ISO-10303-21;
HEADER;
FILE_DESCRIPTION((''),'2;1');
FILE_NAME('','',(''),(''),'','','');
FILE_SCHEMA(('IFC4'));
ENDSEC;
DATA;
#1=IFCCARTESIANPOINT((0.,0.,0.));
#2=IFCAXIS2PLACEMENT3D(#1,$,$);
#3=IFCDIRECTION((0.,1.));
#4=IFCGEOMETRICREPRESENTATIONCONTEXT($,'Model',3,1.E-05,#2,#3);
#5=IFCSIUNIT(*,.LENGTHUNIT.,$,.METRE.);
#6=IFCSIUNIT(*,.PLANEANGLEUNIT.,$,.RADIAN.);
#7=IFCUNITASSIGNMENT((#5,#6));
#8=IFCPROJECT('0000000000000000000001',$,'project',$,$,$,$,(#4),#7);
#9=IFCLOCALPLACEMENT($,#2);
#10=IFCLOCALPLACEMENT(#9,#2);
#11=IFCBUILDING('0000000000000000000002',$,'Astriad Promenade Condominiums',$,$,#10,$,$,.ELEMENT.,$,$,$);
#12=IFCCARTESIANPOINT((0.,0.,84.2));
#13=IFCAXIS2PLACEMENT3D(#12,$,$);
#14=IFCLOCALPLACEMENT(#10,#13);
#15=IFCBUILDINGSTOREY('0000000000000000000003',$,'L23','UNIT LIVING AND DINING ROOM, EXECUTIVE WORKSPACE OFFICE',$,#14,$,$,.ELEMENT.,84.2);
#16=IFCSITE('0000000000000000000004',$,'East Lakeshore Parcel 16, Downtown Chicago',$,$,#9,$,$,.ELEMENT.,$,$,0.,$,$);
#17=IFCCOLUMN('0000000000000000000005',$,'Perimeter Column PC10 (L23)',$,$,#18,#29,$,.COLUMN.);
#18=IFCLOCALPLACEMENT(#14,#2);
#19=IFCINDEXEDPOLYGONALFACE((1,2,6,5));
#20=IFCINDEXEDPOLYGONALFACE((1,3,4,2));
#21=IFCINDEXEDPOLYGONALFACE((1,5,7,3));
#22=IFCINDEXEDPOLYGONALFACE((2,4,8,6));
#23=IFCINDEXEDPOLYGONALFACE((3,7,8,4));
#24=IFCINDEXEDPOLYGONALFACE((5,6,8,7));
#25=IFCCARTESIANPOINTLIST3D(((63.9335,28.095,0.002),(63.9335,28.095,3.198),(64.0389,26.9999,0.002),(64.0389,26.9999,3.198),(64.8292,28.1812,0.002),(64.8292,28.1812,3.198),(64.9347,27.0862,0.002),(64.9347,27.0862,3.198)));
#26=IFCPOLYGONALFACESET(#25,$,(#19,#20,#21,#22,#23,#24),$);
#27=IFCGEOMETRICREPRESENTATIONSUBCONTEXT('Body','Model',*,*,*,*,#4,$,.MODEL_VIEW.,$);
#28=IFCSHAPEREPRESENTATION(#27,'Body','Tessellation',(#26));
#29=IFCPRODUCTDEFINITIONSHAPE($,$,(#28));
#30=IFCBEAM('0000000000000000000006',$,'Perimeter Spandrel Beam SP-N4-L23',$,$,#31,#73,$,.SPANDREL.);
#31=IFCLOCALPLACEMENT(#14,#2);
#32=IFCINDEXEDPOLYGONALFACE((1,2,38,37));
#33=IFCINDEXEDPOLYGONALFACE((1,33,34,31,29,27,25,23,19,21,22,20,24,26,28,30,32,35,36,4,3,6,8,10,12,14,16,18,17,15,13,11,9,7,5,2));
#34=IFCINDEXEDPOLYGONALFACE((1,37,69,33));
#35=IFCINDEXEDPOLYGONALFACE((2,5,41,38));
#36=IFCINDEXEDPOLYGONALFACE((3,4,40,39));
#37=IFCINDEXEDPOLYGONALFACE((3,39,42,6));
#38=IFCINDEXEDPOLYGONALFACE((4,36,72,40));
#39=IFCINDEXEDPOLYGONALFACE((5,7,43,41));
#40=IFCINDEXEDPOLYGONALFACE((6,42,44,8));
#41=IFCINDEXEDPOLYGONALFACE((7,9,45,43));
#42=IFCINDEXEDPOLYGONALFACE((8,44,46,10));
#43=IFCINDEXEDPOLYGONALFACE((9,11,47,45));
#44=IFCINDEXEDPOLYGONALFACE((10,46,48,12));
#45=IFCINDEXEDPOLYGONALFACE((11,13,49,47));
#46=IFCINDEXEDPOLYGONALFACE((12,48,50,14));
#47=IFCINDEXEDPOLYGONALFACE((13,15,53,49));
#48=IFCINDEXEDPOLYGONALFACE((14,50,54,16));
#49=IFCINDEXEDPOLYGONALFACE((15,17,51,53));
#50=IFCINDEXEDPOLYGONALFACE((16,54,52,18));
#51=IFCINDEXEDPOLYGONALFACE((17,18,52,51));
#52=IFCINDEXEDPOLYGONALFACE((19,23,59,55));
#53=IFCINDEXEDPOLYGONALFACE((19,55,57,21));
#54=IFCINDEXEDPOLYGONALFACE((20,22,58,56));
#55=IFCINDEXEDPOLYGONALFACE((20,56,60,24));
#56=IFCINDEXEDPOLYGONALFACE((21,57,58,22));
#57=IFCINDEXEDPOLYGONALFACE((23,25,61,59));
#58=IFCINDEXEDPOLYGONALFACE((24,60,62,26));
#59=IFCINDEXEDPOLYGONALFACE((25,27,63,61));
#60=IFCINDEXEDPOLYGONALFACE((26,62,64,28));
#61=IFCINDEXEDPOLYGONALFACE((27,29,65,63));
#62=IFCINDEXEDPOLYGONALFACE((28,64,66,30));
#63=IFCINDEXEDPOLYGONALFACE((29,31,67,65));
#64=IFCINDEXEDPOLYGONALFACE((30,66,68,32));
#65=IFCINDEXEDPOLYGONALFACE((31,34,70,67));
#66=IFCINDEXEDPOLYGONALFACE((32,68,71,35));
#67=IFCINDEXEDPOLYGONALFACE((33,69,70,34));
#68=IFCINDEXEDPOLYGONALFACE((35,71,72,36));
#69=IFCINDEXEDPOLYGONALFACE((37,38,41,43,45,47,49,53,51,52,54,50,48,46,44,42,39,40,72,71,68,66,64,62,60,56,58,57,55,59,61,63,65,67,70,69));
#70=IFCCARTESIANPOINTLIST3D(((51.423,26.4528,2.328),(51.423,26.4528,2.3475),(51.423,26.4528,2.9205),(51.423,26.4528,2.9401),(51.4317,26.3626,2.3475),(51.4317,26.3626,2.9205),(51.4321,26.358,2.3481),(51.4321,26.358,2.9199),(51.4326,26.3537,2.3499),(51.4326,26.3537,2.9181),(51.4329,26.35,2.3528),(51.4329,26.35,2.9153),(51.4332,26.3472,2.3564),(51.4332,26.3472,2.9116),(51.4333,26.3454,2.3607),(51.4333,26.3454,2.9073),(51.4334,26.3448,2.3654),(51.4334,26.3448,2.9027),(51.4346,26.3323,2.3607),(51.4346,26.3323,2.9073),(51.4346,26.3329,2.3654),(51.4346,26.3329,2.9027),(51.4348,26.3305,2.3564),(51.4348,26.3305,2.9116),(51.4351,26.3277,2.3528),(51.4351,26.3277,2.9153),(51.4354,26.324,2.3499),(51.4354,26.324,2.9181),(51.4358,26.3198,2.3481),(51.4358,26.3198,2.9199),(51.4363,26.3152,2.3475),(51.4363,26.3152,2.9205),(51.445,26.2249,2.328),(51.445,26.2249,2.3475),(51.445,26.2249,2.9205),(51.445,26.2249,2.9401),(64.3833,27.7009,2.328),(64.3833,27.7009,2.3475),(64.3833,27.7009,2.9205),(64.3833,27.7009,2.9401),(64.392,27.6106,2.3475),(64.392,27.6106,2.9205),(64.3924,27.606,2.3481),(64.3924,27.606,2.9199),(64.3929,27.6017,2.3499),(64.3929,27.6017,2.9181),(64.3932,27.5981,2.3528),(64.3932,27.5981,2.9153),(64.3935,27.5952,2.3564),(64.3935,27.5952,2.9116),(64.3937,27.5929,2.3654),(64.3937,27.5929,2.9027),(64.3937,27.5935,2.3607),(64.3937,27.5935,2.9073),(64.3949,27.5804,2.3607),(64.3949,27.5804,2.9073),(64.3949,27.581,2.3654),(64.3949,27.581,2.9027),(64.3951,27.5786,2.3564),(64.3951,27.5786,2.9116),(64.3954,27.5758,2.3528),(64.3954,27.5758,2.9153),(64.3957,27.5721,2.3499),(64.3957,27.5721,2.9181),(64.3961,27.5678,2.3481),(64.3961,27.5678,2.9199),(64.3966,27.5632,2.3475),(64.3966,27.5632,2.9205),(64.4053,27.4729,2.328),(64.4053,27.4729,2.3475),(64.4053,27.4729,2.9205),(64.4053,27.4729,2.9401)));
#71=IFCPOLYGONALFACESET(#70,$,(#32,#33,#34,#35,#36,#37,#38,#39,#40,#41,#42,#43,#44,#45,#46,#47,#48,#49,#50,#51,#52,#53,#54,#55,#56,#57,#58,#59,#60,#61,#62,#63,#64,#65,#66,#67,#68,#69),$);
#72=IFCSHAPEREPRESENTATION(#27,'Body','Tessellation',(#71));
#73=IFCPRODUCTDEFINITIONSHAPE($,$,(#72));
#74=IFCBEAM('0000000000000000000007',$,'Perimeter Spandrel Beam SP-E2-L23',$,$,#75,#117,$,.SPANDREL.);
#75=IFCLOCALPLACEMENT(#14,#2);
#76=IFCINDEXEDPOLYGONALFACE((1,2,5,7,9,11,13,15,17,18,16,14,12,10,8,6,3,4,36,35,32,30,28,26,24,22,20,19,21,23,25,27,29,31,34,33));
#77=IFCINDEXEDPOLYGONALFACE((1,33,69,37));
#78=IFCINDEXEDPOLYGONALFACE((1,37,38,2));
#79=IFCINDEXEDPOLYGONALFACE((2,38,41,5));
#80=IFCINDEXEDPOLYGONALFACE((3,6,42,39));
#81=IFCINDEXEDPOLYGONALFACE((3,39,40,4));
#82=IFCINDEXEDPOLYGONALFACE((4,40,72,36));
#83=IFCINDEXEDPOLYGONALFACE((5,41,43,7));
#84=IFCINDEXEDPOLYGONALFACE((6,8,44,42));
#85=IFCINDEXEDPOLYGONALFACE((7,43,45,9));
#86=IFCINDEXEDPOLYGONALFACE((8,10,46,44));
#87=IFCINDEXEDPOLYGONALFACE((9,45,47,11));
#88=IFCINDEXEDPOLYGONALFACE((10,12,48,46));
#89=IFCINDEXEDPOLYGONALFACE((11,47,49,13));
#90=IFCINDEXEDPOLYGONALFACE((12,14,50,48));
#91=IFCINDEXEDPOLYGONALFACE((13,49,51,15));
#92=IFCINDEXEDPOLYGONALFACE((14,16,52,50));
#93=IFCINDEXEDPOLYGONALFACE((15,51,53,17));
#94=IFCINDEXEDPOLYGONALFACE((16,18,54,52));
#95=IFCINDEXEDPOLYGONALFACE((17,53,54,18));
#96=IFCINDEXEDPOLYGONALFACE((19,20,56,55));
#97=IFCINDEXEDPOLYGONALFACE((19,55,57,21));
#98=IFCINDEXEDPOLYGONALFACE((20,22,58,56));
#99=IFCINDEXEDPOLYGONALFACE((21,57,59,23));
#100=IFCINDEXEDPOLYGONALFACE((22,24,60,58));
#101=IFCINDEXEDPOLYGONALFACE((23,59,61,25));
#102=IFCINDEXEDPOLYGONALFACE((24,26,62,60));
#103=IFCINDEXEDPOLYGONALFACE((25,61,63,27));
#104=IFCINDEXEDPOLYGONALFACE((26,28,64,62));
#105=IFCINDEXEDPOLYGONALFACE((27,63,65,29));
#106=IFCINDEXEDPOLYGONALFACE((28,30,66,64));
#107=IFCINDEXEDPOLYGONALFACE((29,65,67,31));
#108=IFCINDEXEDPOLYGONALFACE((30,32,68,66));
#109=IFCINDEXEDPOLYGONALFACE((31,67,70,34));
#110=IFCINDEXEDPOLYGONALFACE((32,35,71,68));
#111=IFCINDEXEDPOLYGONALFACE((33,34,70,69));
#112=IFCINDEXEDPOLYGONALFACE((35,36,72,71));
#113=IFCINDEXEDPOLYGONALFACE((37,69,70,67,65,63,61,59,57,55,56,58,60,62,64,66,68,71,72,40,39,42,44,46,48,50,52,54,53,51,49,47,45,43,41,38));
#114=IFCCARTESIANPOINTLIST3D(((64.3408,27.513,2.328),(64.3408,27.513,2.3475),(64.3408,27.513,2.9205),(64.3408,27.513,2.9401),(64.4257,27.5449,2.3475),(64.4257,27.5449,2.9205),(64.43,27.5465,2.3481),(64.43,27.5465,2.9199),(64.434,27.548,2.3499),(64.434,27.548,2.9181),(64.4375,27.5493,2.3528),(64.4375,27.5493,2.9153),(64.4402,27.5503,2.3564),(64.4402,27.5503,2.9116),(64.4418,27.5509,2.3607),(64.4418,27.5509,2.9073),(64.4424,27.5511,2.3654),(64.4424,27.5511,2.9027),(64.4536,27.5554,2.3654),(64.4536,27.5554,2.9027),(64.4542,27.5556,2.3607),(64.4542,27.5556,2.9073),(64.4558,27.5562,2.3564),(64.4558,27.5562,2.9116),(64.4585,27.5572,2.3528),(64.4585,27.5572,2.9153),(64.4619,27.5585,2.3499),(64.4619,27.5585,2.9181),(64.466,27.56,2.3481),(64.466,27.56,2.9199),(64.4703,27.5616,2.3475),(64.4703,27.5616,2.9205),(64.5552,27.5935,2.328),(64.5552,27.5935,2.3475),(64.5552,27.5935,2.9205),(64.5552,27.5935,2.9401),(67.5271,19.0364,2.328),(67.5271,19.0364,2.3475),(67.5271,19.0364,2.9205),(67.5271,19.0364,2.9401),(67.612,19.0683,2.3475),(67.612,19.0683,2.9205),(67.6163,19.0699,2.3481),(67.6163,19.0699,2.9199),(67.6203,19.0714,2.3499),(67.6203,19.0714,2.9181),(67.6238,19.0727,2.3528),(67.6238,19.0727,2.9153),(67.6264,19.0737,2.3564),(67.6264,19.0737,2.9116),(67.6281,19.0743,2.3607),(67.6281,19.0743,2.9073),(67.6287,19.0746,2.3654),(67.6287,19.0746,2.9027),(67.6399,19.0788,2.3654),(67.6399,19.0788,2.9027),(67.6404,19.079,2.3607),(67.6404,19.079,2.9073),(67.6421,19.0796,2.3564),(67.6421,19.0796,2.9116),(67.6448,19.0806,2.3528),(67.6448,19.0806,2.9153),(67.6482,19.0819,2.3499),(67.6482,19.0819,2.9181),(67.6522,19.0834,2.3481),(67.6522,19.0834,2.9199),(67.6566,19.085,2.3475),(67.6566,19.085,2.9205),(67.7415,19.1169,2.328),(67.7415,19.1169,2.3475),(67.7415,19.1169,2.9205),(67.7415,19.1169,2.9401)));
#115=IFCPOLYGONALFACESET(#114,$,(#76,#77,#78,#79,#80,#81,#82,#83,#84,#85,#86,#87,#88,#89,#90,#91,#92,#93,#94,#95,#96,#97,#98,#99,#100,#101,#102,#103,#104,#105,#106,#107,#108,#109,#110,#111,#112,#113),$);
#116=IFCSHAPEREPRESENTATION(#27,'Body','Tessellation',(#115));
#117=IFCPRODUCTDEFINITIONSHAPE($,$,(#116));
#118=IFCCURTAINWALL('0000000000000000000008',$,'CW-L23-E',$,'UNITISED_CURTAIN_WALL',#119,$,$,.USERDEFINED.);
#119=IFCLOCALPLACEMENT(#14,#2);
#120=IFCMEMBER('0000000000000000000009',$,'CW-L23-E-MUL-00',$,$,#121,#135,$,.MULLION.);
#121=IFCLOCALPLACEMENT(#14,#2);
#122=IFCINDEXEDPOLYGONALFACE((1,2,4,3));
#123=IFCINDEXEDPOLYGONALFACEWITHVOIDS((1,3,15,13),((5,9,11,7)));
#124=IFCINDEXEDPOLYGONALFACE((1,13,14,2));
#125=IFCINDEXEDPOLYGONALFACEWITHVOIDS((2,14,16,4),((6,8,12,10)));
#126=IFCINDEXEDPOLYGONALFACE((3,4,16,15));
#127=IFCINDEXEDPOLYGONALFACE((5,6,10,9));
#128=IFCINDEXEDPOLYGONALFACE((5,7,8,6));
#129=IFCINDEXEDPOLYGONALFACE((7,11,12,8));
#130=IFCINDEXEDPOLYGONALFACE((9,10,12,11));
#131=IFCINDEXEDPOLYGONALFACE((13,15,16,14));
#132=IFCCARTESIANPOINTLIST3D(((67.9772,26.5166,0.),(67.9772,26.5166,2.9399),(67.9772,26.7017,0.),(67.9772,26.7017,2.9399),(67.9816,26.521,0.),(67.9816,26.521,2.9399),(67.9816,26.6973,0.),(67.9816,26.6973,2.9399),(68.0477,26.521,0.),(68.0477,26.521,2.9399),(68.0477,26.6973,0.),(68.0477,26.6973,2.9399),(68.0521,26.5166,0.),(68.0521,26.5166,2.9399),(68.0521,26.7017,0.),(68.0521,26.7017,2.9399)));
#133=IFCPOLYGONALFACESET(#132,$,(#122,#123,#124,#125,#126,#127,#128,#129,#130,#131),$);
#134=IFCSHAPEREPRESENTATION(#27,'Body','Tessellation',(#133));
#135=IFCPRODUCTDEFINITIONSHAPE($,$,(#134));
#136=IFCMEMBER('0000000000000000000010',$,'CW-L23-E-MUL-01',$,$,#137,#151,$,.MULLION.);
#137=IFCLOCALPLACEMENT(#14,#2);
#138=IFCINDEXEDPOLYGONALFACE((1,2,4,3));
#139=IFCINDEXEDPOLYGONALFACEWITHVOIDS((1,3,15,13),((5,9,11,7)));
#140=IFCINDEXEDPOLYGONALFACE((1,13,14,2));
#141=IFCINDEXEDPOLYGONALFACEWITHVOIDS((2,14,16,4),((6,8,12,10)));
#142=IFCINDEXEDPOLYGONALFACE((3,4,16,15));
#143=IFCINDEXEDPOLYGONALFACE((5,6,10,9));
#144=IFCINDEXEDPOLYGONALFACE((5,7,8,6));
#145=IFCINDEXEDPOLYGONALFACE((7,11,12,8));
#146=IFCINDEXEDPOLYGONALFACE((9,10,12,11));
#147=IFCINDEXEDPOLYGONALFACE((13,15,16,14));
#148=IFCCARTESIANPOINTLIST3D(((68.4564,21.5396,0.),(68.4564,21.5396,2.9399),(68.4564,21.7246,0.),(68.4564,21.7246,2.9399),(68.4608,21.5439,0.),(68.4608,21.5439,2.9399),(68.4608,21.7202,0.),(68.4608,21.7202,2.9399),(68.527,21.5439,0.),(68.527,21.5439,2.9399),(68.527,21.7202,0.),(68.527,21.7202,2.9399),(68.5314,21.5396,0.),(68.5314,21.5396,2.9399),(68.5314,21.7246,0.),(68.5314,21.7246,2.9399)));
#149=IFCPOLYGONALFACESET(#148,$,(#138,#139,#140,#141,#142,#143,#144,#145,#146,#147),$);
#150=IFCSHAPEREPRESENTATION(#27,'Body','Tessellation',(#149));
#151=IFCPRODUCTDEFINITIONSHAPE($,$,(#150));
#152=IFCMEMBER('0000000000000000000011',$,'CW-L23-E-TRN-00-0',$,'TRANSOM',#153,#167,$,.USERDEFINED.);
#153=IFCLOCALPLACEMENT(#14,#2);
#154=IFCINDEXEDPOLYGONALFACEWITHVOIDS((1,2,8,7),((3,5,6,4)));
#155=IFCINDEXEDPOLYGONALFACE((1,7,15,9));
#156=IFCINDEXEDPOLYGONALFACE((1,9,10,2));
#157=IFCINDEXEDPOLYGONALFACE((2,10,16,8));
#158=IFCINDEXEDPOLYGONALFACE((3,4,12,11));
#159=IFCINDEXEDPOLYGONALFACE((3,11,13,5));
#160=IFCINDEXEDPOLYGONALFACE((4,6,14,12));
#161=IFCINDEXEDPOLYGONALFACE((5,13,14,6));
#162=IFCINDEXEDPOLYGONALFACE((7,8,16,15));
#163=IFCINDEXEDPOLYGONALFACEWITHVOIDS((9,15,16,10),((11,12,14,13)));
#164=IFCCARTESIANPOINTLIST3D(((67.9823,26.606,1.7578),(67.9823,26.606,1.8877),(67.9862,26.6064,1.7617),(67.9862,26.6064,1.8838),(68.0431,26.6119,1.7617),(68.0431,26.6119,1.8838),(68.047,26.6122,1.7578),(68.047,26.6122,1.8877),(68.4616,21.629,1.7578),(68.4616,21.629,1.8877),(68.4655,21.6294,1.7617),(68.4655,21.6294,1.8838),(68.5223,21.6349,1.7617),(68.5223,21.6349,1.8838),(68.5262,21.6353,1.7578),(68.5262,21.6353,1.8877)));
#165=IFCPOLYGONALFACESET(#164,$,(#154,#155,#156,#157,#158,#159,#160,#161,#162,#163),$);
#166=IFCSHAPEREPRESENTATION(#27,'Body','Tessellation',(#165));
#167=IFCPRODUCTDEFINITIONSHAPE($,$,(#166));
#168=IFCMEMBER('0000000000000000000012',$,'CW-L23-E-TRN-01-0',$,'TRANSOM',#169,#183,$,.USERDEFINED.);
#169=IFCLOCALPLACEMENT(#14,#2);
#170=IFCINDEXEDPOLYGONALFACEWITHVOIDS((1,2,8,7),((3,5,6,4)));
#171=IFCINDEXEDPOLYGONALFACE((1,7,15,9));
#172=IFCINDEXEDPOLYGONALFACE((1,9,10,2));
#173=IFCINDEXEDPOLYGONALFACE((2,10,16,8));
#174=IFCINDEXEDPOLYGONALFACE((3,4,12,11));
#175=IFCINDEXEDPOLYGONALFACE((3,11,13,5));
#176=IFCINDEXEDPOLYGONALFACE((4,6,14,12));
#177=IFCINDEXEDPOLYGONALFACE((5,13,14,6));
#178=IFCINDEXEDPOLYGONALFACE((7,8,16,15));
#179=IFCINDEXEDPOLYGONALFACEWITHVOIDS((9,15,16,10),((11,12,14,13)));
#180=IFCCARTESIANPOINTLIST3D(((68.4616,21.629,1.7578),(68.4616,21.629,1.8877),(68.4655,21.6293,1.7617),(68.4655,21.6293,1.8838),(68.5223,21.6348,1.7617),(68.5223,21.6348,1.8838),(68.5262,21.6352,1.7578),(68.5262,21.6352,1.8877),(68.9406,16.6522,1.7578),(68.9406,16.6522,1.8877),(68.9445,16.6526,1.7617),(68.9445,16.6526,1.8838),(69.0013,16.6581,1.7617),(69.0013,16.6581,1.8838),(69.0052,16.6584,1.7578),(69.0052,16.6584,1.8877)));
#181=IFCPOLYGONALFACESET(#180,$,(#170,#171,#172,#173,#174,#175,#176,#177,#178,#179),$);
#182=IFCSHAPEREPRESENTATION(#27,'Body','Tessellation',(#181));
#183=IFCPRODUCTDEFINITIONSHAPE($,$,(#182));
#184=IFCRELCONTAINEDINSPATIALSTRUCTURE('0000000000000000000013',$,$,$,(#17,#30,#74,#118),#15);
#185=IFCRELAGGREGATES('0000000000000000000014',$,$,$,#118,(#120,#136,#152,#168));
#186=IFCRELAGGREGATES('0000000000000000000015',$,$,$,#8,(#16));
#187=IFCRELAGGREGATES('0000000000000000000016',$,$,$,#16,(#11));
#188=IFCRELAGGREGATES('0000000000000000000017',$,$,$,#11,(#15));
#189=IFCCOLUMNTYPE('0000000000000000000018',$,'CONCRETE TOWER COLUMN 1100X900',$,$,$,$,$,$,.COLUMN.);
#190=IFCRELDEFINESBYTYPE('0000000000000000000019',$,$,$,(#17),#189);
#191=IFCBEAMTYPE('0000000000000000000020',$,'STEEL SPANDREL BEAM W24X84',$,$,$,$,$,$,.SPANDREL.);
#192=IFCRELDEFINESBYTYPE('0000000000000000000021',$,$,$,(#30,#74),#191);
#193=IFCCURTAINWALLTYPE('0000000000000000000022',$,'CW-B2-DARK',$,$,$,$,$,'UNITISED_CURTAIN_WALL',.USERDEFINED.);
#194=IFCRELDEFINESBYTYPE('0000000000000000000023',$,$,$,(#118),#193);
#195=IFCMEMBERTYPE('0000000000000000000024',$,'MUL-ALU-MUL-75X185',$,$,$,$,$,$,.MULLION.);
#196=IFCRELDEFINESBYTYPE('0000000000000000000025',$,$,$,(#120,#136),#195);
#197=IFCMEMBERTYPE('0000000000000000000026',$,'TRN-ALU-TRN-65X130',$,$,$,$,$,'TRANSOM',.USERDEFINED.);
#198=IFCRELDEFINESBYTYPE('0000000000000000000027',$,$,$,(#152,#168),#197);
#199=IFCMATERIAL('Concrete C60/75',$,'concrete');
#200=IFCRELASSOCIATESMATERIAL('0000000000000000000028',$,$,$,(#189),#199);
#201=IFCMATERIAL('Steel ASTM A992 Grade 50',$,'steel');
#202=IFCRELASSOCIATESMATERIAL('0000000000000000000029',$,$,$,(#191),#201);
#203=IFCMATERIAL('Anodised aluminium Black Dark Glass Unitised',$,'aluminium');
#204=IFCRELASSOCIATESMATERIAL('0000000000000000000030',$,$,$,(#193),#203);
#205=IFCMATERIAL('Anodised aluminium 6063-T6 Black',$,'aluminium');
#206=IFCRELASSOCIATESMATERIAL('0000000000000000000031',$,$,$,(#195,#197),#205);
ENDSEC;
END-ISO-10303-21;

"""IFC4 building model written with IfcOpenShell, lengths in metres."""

from ifc_helpers import new_model, si_unit, direction, frame, origin, origin_2d, place, context, subcontext, project, spatial, rectangle, hollow_rectangle, i_section, extrude, source, transform, mapped, material, material_profile, profile_set, type_object, type_shapes, element, aggregate, save


model = new_model("IFC4")

# Units and contexts
model_context = context("Model", 3, precision=1e-05, world=origin(), true_north=direction((0.0, 1.0)))
body_context = subcontext(model_context, "Body", "Model", "MODEL_VIEW")
ifc_project = project(units=[si_unit("LENGTHUNIT", "METRE"), si_unit("PLANEANGLEUNIT", "RADIAN")], contexts=[model_context])

# Site, building, storey
site_placement = place(None, origin())
site = spatial("IfcSite", under=ifc_project, at=site_placement, Name="East Lakeshore Parcel 16, Downtown Chicago", CompositionType="ELEMENT", RefElevation=0.0)
building_placement = place(site_placement, origin())
building = spatial("IfcBuilding", under=site, at=building_placement, Name="Astriad Promenade Condominiums", CompositionType="ELEMENT")
storey_placement = place(building_placement, frame((0.0, 0.0, 84.2)))
storey = spatial("IfcBuildingStorey", under=building, at=storey_placement, Name="L23", Description="UNIT LIVING AND DINING ROOM, EXECUTIVE WORKSPACE OFFICE", CompositionType="ELEMENT", Elevation=84.2)

# Column
ifc_material_1 = material(Name="Concrete C60/75", Category="concrete")
ifc_material_profile_1 = material_profile(ifc_material_1, rectangle(XDim=0.8999, YDim=1.1001, at=origin_2d()), Name="RC-COL-1100X900")
ifc_profile_set_1 = profile_set([ifc_material_profile_1], Name="Concrete C60/75")
column_type = type_object("IfcColumnType", Name="CONCRETE TOWER COLUMN 1100X900", PredefinedType="COLUMN", material=ifc_profile_set_1)
shared_shape_1 = source(origin(), body_context, "Body", "SweptSolid", [
    extrude(rectangle(XDim=0.8999, YDim=1.1001, at=origin_2d()), origin(), (0.0, 0.0, 1.0), 3.196),
])
type_shapes(column_type, [shared_shape_1])
column_placement = place(storey_placement, frame((64.4341, 27.5906, 0.002), z_axis=(0.0, 0.0, 1.0), x_axis=(0.995396, 0.095846, 0.0)))
element("IfcColumn", 1, at=column_placement, inside=storey, type_object=column_type, Name="Perimeter Column PC10 (L23)", PredefinedType="COLUMN", context=body_context, shape_type="MappedRepresentation", body=[
    mapped(shared_shape_1, transform((0.0, 0.0, 0.0), scale=1.0)),
])

# Beams
ifc_material_2 = material(Name="Steel ASTM A992 Grade 50", Category="steel")
ifc_material_profile_2 = material_profile(ifc_material_2, i_section(OverallWidth=0.229, OverallDepth=0.6121, WebThickness=0.012, FlangeThickness=0.0195, FilletRadius=0.0178, at=origin_2d()), Name="W24X84")
ifc_profile_set_2 = profile_set([ifc_material_profile_2], Name="Steel ASTM A992 Grade 50")
beam_type = type_object("IfcBeamType", Name="STEEL SPANDREL BEAM W24X84", PredefinedType="SPANDREL", material=ifc_profile_set_2)
shared_shape_2 = source(origin(), body_context, "Body", "SweptSolid", [
    extrude(i_section(OverallWidth=0.229, OverallDepth=0.6121, WebThickness=0.012, FlangeThickness=0.0195, FilletRadius=0.0178, at=origin_2d()), origin(), (0.0, 0.0, 1.0), 13.0203),
])
beam_1_placement = place(storey_placement, frame((64.3943, 27.5869, 2.634), z_axis=(-0.995395, -0.095855, 0.0), x_axis=(0.095855, -0.995395, 0.0)))
element("IfcBeam", 2, at=beam_1_placement, inside=storey, type_object=beam_type, Name="Perimeter Spandrel Beam SP-N4-L23", PredefinedType="SPANDREL", context=body_context, shape_type="MappedRepresentation", body=[
    mapped(shared_shape_2, transform((0.0, 0.0, 0.0), scale=1.0)),
])
shared_shape_3 = source(origin(), body_context, "Body", "SweptSolid", [
    extrude(i_section(OverallWidth=0.229, OverallDepth=0.6121, WebThickness=0.012, FlangeThickness=0.0195, FilletRadius=0.0178, at=origin_2d()), origin(), (0.0, 0.0, 1.0), 9.0557),
])
type_shapes(beam_type, [shared_shape_2, shared_shape_3])
beam_2_placement = place(storey_placement, frame((67.6343, 19.0767, 2.634), z_axis=(-0.351856, 0.936054, 0.0), x_axis=(-0.936054, -0.351856, 0.0)))
element("IfcBeam", 3, at=beam_2_placement, inside=storey, type_object=beam_type, Name="Perimeter Spandrel Beam SP-E2-L23", PredefinedType="SPANDREL", context=body_context, shape_type="MappedRepresentation", body=[
    mapped(shared_shape_3, transform((0.0, 0.0, 0.0), scale=1.0)),
])

# Curtain wall, members
ifc_material_3 = material(Name="Anodised aluminium Black Dark Glass Unitised", Category="aluminium")
curtain_wall_type = type_object("IfcCurtainWallType", Name="CW-B2-DARK", ElementType="UNITISED_CURTAIN_WALL", PredefinedType="USERDEFINED", material=ifc_material_3)
curtain_wall_placement = place(storey_placement, origin())
curtain_wall = element("IfcCurtainWall", 4, at=curtain_wall_placement, inside=storey, type_object=curtain_wall_type, Name="CW-L23-E", ObjectType="UNITISED_CURTAIN_WALL", PredefinedType="USERDEFINED")
ifc_material_4 = material(Name="Anodised aluminium 6063-T6 Black", Category="aluminium")
ifc_material_profile_3 = material_profile(ifc_material_4, hollow_rectangle(XDim=0.075, YDim=0.1851, WallThickness=0.0044, at=origin_2d()), Name="ALU-MUL-75X185")
ifc_profile_set_3 = profile_set([ifc_material_profile_3], Name="Anodised aluminium 6063-T6 Black")
member_type_1 = type_object("IfcMemberType", Name="MUL-ALU-MUL-75X185", PredefinedType="MULLION", material=ifc_profile_set_3)
shared_shape_4 = source(origin(), body_context, "Body", "SweptSolid", [
    extrude(hollow_rectangle(XDim=0.075, YDim=0.1851, WallThickness=0.0044, at=origin_2d()), origin(), (0.0, 0.0, 1.0), 2.9399),
])
type_shapes(member_type_1, [shared_shape_4])
member_1_placement = place(storey_placement, frame((68.0146, 26.6091, 0.0), z_axis=(0.0, 0.0, 1.0), x_axis=(1.0, 0.0, 0.0)))
member_1 = element("IfcMember", 5, at=member_1_placement, type_object=member_type_1, Name="CW-L23-E-MUL-00", PredefinedType="MULLION", context=body_context, shape_type="MappedRepresentation", body=[
    mapped(shared_shape_4, transform((0.0, 0.0, 0.0), scale=1.0)),
])
member_2_placement = place(storey_placement, frame((68.4939, 21.6321, 0.0), z_axis=(0.0, 0.0, 1.0), x_axis=(1.0, 0.0, 0.0)))
member_2 = element("IfcMember", 6, at=member_2_placement, type_object=member_type_1, Name="CW-L23-E-MUL-01", PredefinedType="MULLION", context=body_context, shape_type="MappedRepresentation", body=[
    mapped(shared_shape_4, transform((0.0, 0.0, 0.0), scale=1.0)),
])
ifc_material_profile_4 = material_profile(ifc_material_4, hollow_rectangle(XDim=0.0649, YDim=0.1299, WallThickness=0.0039, at=origin_2d()), Name="ALU-TRN-65X130")
ifc_profile_set_4 = profile_set([ifc_material_profile_4], Name="Anodised aluminium 6063-T6 Black")
member_type_2 = type_object("IfcMemberType", Name="TRN-ALU-TRN-65X130", ElementType="TRANSOM", PredefinedType="USERDEFINED", material=ifc_profile_set_4)
shared_shape_5 = source(origin(), body_context, "Body", "SweptSolid", [
    extrude(hollow_rectangle(XDim=0.0649, YDim=0.1299, WallThickness=0.0039, at=origin_2d()), origin(), (0.0, 0.0, 1.0), 5.0),
])
member_3_placement = place(storey_placement, frame((68.0146, 26.6091, 1.8228), z_axis=(0.095848, -0.995396, 0.0), x_axis=(0.995396, 0.095848, 0.0)))
member_3 = element("IfcMember", 7, at=member_3_placement, type_object=member_type_2, Name="CW-L23-E-TRN-00-0", ObjectType="TRANSOM", PredefinedType="USERDEFINED", context=body_context, shape_type="MappedRepresentation", body=[
    mapped(shared_shape_5, transform((0.0, 0.0, 0.0), scale=1.0)),
])
shared_shape_6 = source(origin(), body_context, "Body", "SweptSolid", [
    extrude(hollow_rectangle(XDim=0.0649, YDim=0.1299, WallThickness=0.0039, at=origin_2d()), origin(), (0.0, 0.0, 1.0), 4.9998),
])
type_shapes(member_type_2, [shared_shape_5, shared_shape_6])
member_4_placement = place(storey_placement, frame((68.4939, 21.6321, 1.8228), z_axis=(0.095805, -0.9954, 0.0), x_axis=(0.9954, 0.095805, 0.0)))
member_4 = element("IfcMember", 8, at=member_4_placement, type_object=member_type_2, Name="CW-L23-E-TRN-01-0", ObjectType="TRANSOM", PredefinedType="USERDEFINED", context=body_context, shape_type="MappedRepresentation", body=[
    mapped(shared_shape_6, transform((0.0, 0.0, 0.0), scale=1.0)),
])
aggregate(curtain_wall, [member_1, member_2, member_3, member_4])

save(model, "model.ifc")
